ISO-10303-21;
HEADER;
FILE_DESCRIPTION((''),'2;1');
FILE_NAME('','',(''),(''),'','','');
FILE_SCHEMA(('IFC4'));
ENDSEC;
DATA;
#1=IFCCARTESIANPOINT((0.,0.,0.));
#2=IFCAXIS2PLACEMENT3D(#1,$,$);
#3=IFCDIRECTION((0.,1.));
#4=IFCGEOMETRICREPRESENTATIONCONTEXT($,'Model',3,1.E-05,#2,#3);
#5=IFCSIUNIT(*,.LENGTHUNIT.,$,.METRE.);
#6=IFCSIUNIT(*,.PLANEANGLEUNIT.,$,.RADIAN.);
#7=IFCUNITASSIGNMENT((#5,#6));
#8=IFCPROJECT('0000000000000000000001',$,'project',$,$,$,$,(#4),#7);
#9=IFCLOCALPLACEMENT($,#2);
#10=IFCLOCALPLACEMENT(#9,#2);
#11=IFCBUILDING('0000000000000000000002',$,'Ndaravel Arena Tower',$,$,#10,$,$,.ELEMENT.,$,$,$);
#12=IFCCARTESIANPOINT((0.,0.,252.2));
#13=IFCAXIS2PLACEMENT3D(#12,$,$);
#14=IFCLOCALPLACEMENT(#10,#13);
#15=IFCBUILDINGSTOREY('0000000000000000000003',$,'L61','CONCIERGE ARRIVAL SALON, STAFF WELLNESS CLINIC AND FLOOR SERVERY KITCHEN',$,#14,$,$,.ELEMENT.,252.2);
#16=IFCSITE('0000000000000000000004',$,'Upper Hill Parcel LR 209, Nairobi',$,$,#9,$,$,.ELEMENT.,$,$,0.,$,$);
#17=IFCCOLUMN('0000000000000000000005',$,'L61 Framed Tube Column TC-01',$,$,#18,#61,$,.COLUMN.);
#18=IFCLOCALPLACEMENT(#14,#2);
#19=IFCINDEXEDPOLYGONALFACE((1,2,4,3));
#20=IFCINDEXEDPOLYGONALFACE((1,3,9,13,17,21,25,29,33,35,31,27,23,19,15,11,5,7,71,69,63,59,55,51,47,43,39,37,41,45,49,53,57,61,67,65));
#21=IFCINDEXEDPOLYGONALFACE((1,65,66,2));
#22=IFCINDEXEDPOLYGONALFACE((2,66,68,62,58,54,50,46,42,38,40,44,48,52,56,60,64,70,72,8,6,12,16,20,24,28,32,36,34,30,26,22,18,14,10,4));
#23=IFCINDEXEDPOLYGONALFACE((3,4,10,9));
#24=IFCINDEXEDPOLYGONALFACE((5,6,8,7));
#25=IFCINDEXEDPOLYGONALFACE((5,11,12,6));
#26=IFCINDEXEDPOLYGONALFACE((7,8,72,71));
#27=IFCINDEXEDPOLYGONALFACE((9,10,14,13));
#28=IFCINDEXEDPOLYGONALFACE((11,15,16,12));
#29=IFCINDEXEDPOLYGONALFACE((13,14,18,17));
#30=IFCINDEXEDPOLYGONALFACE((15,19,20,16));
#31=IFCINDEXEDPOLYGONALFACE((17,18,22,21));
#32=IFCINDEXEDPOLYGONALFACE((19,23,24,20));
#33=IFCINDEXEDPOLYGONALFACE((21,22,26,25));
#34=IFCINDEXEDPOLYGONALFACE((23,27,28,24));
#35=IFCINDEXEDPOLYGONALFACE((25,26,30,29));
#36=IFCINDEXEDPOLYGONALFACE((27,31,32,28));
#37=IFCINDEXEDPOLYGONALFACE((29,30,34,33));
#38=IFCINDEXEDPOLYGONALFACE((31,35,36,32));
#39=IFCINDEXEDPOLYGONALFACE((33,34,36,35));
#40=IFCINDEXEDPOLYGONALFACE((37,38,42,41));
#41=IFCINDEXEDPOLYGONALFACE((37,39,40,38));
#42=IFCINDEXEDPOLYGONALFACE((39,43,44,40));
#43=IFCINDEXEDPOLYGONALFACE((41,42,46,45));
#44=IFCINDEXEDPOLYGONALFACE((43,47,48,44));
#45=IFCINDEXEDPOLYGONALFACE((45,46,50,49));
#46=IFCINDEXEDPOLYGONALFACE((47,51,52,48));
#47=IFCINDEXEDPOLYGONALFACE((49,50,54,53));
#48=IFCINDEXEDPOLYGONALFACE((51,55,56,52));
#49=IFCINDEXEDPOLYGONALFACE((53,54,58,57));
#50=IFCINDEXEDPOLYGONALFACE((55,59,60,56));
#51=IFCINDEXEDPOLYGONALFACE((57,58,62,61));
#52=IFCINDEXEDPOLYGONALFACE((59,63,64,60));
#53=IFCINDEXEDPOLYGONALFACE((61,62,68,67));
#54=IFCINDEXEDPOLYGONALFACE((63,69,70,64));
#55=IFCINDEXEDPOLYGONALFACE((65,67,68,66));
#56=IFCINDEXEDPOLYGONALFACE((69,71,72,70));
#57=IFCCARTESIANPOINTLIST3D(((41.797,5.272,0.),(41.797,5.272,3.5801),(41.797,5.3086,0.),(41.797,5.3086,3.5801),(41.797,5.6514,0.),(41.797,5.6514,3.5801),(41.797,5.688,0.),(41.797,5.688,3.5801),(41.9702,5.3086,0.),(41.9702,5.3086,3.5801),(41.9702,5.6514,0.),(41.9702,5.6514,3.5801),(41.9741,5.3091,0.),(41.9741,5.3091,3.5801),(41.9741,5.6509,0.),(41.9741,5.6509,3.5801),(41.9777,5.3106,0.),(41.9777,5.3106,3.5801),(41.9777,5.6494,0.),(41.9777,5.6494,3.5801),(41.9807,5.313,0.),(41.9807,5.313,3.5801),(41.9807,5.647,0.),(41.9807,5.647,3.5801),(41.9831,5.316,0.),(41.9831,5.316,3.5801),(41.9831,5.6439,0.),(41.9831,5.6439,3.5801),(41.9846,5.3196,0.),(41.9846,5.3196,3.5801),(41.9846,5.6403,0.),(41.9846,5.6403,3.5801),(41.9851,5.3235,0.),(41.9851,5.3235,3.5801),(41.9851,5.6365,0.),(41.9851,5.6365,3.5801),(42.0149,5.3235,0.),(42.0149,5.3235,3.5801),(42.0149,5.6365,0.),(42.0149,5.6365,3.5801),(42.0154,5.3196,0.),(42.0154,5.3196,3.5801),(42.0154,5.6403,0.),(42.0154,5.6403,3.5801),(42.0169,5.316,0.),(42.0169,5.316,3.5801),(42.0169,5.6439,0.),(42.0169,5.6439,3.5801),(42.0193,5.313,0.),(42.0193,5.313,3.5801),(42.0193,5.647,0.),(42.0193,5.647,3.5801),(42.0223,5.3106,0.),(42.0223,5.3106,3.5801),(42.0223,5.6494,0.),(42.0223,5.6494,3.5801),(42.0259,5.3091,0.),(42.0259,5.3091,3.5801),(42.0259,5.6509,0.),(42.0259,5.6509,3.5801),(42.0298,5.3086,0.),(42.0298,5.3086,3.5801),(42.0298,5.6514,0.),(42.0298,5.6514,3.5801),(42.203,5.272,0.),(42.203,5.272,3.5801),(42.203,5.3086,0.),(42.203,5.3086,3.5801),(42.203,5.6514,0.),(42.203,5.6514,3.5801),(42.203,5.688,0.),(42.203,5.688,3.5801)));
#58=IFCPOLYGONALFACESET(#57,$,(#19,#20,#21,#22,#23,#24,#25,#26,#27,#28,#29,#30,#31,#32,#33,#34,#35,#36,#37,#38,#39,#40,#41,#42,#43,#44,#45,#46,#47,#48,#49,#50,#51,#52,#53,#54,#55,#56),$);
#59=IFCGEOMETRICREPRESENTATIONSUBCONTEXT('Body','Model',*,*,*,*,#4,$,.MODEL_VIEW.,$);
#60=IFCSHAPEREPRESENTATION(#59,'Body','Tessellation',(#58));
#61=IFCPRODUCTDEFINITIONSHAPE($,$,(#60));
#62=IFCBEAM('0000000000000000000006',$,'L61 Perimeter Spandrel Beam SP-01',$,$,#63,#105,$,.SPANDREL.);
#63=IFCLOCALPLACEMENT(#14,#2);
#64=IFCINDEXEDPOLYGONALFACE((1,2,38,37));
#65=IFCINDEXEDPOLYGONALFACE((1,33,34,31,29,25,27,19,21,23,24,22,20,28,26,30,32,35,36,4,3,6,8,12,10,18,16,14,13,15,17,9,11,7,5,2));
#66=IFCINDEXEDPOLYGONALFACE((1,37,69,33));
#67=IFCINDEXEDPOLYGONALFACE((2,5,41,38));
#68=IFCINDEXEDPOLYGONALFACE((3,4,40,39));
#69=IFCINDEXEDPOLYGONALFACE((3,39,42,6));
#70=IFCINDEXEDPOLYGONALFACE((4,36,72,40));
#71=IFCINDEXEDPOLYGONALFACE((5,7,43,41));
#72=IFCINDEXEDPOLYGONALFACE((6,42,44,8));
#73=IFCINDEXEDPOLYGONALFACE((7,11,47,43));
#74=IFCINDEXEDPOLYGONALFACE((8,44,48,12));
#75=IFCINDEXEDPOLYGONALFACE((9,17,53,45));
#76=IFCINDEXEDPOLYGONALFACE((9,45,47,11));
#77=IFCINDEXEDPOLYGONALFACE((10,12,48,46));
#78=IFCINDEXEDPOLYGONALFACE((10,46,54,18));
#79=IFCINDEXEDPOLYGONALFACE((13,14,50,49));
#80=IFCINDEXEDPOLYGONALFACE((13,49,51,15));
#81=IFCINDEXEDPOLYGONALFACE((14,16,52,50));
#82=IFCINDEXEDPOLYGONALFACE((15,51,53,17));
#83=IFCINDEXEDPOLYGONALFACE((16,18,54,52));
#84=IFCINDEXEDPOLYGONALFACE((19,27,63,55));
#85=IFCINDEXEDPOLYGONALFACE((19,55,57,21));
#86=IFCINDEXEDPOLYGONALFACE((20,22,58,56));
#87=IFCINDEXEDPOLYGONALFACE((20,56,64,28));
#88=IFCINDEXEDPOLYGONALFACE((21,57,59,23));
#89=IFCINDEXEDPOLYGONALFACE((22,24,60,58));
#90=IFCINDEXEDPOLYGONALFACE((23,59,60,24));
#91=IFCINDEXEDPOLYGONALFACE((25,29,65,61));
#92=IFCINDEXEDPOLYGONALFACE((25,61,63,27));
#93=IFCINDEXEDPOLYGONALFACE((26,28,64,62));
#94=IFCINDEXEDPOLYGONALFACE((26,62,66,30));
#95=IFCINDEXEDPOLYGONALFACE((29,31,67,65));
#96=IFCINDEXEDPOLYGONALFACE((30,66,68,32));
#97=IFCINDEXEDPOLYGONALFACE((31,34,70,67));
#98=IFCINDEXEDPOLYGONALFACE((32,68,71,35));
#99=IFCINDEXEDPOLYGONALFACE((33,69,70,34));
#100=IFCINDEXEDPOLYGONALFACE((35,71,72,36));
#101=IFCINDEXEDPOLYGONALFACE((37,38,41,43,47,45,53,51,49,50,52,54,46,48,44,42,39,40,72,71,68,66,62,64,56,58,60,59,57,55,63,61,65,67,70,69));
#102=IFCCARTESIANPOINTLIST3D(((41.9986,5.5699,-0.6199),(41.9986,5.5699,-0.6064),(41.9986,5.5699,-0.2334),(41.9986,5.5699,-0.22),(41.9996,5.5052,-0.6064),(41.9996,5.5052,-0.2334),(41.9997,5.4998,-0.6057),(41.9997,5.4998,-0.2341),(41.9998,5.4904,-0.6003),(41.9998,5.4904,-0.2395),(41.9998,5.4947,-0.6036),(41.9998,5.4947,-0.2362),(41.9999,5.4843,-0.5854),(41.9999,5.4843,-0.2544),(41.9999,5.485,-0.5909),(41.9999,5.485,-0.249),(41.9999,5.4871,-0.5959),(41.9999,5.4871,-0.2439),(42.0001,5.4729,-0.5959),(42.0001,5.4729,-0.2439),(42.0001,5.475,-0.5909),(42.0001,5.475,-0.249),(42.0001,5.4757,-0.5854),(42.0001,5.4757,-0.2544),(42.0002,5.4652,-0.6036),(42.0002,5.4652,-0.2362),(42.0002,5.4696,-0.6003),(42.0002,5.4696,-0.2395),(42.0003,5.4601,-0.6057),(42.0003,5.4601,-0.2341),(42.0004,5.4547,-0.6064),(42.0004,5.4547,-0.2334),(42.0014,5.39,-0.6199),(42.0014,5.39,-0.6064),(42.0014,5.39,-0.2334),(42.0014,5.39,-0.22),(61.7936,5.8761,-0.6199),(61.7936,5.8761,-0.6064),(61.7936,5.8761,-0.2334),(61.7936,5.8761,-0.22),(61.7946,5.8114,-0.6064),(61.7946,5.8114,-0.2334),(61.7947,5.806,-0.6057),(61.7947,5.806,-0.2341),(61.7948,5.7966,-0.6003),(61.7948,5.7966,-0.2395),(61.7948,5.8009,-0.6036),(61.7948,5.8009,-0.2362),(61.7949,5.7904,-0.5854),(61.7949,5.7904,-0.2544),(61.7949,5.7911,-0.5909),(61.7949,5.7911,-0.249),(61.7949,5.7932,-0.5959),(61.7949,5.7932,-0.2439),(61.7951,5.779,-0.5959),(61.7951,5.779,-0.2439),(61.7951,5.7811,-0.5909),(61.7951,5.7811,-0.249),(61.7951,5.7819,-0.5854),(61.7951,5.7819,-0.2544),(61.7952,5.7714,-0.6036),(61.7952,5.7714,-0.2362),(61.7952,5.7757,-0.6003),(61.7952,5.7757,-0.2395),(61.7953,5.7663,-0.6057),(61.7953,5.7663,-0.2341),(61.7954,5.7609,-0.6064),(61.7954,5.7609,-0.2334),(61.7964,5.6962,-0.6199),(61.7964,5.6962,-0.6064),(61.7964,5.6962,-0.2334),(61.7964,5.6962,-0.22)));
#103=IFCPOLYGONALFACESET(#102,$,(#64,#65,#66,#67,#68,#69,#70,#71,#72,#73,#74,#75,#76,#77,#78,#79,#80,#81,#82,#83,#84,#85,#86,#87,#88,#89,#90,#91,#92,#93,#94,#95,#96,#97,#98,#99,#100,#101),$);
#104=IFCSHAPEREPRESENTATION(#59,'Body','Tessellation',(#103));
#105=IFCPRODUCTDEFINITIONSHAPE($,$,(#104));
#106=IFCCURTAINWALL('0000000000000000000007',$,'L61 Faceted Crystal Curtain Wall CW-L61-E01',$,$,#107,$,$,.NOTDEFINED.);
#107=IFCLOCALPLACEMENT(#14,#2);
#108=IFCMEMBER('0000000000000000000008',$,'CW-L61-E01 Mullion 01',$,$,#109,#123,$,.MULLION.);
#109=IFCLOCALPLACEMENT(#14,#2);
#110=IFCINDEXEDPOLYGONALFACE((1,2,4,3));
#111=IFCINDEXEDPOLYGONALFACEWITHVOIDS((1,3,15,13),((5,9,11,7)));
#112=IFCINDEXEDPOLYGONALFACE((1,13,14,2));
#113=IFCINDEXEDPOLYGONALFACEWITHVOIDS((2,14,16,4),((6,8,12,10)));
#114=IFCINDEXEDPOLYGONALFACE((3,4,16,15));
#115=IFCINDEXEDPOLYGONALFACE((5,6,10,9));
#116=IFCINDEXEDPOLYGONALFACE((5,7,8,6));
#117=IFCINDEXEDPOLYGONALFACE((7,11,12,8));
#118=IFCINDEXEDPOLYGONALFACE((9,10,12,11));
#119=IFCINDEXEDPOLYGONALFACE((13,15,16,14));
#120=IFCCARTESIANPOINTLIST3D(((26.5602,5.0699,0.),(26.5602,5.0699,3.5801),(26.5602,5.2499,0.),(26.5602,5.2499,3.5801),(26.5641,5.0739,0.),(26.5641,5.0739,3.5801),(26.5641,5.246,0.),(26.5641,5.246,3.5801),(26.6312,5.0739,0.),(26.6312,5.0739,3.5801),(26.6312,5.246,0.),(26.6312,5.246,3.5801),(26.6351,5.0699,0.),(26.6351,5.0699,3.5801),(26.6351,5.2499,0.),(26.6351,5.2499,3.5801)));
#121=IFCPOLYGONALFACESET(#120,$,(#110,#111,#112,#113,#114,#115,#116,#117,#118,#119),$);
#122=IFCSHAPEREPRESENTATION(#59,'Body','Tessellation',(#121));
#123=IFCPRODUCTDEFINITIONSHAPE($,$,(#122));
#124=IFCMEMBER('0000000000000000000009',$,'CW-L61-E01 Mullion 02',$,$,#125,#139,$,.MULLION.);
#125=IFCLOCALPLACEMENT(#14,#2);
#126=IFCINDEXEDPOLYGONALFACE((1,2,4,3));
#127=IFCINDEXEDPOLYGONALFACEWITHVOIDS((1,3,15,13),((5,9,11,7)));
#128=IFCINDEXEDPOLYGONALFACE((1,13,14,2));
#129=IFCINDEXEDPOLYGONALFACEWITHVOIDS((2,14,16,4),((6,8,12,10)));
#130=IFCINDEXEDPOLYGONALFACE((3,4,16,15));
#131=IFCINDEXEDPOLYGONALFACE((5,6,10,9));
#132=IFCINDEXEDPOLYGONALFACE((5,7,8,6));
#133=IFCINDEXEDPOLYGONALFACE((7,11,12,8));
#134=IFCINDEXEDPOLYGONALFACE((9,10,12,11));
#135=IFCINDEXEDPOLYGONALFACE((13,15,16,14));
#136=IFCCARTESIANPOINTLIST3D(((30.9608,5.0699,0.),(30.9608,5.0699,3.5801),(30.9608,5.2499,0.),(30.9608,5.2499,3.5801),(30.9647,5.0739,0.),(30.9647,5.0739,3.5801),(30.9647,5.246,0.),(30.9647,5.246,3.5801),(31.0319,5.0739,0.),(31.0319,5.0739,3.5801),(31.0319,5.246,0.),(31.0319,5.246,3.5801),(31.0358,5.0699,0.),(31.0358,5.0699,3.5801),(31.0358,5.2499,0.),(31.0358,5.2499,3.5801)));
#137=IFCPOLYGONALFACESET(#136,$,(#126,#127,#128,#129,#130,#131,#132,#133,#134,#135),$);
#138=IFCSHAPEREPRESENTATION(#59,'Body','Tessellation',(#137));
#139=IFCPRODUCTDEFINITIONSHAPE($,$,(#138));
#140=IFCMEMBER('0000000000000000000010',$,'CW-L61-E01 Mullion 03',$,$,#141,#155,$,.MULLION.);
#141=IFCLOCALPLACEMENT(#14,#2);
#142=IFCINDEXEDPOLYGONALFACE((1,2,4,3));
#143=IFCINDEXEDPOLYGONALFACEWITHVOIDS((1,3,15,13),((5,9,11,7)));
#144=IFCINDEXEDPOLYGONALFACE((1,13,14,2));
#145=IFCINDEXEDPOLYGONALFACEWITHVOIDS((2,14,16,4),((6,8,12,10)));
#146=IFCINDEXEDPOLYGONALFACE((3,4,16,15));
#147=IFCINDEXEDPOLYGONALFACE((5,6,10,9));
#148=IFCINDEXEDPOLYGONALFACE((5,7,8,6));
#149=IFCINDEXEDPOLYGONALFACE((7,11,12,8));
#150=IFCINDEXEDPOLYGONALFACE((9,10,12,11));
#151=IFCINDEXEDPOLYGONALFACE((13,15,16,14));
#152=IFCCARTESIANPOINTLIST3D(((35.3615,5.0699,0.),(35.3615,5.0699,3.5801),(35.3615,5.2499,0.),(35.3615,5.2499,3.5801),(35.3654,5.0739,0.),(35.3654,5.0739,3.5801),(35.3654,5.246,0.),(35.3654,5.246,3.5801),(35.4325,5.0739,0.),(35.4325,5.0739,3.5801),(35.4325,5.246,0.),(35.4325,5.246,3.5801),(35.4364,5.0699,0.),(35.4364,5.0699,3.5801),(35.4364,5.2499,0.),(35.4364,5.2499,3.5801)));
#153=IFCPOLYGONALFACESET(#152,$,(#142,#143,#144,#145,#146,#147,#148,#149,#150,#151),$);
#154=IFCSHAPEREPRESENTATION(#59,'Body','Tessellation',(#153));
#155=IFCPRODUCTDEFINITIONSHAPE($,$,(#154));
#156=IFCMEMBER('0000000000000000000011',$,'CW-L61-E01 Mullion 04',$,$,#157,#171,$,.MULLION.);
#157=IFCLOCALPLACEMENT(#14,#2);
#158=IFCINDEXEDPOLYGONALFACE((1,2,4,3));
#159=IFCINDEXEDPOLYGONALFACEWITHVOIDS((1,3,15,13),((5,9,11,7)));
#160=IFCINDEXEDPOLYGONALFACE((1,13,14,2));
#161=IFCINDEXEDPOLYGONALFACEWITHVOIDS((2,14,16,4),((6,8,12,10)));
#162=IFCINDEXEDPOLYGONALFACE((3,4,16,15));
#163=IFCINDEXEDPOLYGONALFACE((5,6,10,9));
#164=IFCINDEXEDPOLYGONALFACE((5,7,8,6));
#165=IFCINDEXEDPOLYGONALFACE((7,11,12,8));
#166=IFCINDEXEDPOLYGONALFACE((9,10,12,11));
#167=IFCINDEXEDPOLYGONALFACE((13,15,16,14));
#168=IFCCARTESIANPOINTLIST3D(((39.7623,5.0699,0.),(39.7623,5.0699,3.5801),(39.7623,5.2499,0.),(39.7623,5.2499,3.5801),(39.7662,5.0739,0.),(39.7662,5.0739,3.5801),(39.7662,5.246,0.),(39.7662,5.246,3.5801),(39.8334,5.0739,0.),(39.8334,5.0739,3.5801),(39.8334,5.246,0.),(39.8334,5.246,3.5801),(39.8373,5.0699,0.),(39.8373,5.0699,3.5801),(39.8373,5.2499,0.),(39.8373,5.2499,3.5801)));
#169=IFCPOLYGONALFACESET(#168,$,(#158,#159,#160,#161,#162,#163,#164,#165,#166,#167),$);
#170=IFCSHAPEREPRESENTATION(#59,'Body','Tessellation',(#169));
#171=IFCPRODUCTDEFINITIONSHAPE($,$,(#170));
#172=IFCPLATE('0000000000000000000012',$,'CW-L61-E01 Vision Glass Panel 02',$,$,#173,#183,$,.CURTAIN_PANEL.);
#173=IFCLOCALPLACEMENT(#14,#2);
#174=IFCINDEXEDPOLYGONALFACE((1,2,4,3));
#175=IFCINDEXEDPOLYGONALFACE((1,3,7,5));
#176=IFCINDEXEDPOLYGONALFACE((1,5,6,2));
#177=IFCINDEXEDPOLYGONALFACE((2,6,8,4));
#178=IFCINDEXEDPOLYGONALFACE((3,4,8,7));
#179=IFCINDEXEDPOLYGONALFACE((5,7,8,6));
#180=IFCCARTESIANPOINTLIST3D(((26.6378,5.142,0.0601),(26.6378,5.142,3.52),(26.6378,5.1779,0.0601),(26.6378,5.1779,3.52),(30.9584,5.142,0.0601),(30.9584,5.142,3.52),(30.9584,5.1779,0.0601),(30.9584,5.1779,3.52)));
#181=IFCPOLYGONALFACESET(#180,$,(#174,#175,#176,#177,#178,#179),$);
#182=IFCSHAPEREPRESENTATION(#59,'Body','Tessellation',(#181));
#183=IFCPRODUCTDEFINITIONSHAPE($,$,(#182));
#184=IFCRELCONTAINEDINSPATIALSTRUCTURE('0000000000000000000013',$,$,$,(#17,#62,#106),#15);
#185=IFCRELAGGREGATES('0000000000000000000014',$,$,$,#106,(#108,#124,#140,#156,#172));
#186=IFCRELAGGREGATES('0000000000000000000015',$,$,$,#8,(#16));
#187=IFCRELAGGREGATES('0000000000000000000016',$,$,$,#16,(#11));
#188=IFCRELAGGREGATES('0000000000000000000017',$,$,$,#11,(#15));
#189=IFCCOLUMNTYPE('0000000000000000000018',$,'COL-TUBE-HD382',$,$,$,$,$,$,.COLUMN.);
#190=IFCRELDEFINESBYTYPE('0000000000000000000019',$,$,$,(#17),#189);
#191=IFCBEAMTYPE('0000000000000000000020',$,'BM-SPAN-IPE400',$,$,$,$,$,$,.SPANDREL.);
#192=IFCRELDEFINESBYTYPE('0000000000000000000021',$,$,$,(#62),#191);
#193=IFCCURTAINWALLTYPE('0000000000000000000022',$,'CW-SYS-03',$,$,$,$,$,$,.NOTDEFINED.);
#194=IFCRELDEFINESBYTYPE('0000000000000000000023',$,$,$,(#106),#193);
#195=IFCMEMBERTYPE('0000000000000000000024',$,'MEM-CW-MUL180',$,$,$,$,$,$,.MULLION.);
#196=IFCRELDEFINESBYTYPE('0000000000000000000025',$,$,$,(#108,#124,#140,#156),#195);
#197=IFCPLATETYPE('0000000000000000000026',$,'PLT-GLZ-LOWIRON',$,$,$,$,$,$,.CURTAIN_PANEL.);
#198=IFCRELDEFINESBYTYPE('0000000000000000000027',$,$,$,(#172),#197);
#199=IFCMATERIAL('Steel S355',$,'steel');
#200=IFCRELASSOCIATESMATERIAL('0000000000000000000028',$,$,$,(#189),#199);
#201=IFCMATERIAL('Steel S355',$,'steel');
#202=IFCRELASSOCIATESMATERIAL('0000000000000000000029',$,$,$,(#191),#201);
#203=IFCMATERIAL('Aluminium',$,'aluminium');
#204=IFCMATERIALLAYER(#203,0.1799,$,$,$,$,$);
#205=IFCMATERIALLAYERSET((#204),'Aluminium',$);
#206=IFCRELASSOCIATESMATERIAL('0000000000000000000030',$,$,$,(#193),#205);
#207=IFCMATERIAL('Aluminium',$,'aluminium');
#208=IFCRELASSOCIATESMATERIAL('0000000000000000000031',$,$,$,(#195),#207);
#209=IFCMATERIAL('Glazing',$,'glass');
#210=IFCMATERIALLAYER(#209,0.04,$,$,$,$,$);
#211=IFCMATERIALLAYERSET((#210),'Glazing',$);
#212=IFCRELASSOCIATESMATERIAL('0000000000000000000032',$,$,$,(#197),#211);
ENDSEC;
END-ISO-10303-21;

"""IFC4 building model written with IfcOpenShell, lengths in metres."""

from ifc_helpers import new_model, si_unit, direction, frame, origin, origin_2d, place, context, subcontext, project, spatial, rectangle, hollow_rectangle, i_section, extrude, material, layer, layer_set, material_profile, profile_set, type_object, element, aggregate, save


model = new_model("IFC4")

# Units and contexts
model_context = context("Model", 3, precision=1e-05, world=origin(), true_north=direction((0.0, 1.0)))
body_context = subcontext(model_context, "Body", "Model", "MODEL_VIEW")
ifc_project = project(units=[si_unit("LENGTHUNIT", "METRE"), si_unit("PLANEANGLEUNIT", "RADIAN")], contexts=[model_context])

# Site, building, storey
site_placement = place(None, origin())
site = spatial("IfcSite", under=ifc_project, at=site_placement, Name="Upper Hill Parcel LR 209, Nairobi", CompositionType="ELEMENT", RefElevation=0.0)
building_placement = place(site_placement, origin())
building = spatial("IfcBuilding", under=site, at=building_placement, Name="Ndaravel Arena Tower", CompositionType="ELEMENT")
storey_placement = place(building_placement, frame((0.0, 0.0, 252.2)))
storey = spatial("IfcBuildingStorey", under=building, at=storey_placement, Name="L61", Description="CONCIERGE ARRIVAL SALON, STAFF WELLNESS CLINIC AND FLOOR SERVERY KITCHEN", CompositionType="ELEMENT", Elevation=252.2)

# Column
ifc_material_1 = material(Name="Steel S355", Category="steel")
ifc_material_profile_1 = material_profile(ifc_material_1, i_section(OverallWidth=0.406, OverallDepth=0.416, WebThickness=0.0298, FlangeThickness=0.0366, FilletRadius=0.0149, at=origin_2d()), Name="HD 400x382")
ifc_profile_set_1 = profile_set([ifc_material_profile_1], Name="Steel S355")
column_type = type_object("IfcColumnType", Name="COL-TUBE-HD382", PredefinedType="COLUMN", material=ifc_profile_set_1)
column_placement = place(storey_placement, frame((42.0, 5.48, 0.0), z_axis=(0.0, 0.0, 1.0), x_axis=(1.0, 0.0, 0.0)))
element("IfcColumn", 1, at=column_placement, inside=storey, type_object=column_type, Name="L61 Framed Tube Column TC-01", PredefinedType="COLUMN", context=body_context, shape_type="SweptSolid", body=[
    extrude(i_section(OverallWidth=0.406, OverallDepth=0.416, WebThickness=0.0298, FlangeThickness=0.0366, FilletRadius=0.0149, at=origin_2d()), origin(), (0.0, 0.0, 1.0), 3.5801),
])

# Beam
ifc_material_2 = material(Name="Steel S355", Category="steel")
ifc_material_profile_2 = material_profile(ifc_material_2, i_section(OverallWidth=0.1799, OverallDepth=0.3999, WebThickness=0.0085, FlangeThickness=0.0134, FilletRadius=0.021, at=origin_2d()), Name="IPE 400")
ifc_profile_set_2 = profile_set([ifc_material_profile_2], Name="Steel S355")
beam_type = type_object("IfcBeamType", Name="BM-SPAN-IPE400", PredefinedType="SPANDREL", material=ifc_profile_set_2)
beam_placement = place(storey_placement, frame((42.0, 5.48, -0.4199), z_axis=(0.99988, 0.015464, 0.0), x_axis=(-0.015464, 0.99988, 0.0)))
element("IfcBeam", 2, at=beam_placement, inside=storey, type_object=beam_type, Name="L61 Perimeter Spandrel Beam SP-01", PredefinedType="SPANDREL", context=body_context, shape_type="SweptSolid", body=[
    extrude(i_section(OverallWidth=0.1799, OverallDepth=0.3999, WebThickness=0.0085, FlangeThickness=0.0134, FilletRadius=0.021, at=origin_2d()), origin(), (0.0, 0.0, 1.0), 19.7974),
])

# Curtain wall, members, plate
ifc_material_3 = material(Name="Aluminium", Category="aluminium")
ifc_layer_1 = layer(ifc_material_3, 0.1799)
ifc_layer_set_1 = layer_set([ifc_layer_1], Name="Aluminium")
curtain_wall_type = type_object("IfcCurtainWallType", Name="CW-SYS-03", PredefinedType="NOTDEFINED", material=ifc_layer_set_1)
curtain_wall_placement = place(storey_placement, origin())
curtain_wall = element("IfcCurtainWall", 3, at=curtain_wall_placement, inside=storey, type_object=curtain_wall_type, Name="L61 Faceted Crystal Curtain Wall CW-L61-E01", PredefinedType="NOTDEFINED")
ifc_material_4 = material(Name="Aluminium", Category="aluminium")
ifc_material_profile_3 = material_profile(ifc_material_4, hollow_rectangle(XDim=0.075, YDim=0.1799, WallThickness=0.0039, at=origin_2d()), Name="CW MULLION 75x180x4")
ifc_profile_set_3 = profile_set([ifc_material_profile_3], Name="Aluminium")
member_type = type_object("IfcMemberType", Name="MEM-CW-MUL180", PredefinedType="MULLION", material=ifc_profile_set_3)
member_1_placement = place(storey_placement, frame((26.5977, 5.1599, 0.0), z_axis=(0.0, 0.0, 1.0), x_axis=(1.0, 0.0, 0.0)))
member_1 = element("IfcMember", 4, at=member_1_placement, type_object=member_type, Name="CW-L61-E01 Mullion 01", PredefinedType="MULLION", context=body_context, shape_type="SweptSolid", body=[
    extrude(hollow_rectangle(XDim=0.075, YDim=0.1799, WallThickness=0.0039, at=origin_2d()), origin(), (0.0, 0.0, 1.0), 3.5801),
])
member_2_placement = place(storey_placement, frame((30.9983, 5.1599, 0.0), z_axis=(0.0, 0.0, 1.0), x_axis=(1.0, 0.0, 0.0)))
member_2 = element("IfcMember", 5, at=member_2_placement, type_object=member_type, Name="CW-L61-E01 Mullion 02", PredefinedType="MULLION", context=body_context, shape_type="SweptSolid", body=[
    extrude(hollow_rectangle(XDim=0.075, YDim=0.1799, WallThickness=0.0039, at=origin_2d()), origin(), (0.0, 0.0, 1.0), 3.5801),
])
member_3_placement = place(storey_placement, frame((35.3989, 5.1599, 0.0), z_axis=(0.0, 0.0, 1.0), x_axis=(1.0, 0.0, 0.0)))
member_3 = element("IfcMember", 6, at=member_3_placement, type_object=member_type, Name="CW-L61-E01 Mullion 03", PredefinedType="MULLION", context=body_context, shape_type="SweptSolid", body=[
    extrude(hollow_rectangle(XDim=0.075, YDim=0.1799, WallThickness=0.0039, at=origin_2d()), origin(), (0.0, 0.0, 1.0), 3.5801),
])
member_4_placement = place(storey_placement, frame((39.7998, 5.1599, 0.0), z_axis=(0.0, 0.0, 1.0), x_axis=(1.0, 0.0, 0.0)))
member_4 = element("IfcMember", 7, at=member_4_placement, type_object=member_type, Name="CW-L61-E01 Mullion 04", PredefinedType="MULLION", context=body_context, shape_type="SweptSolid", body=[
    extrude(hollow_rectangle(XDim=0.075, YDim=0.1799, WallThickness=0.0039, at=origin_2d()), origin(), (0.0, 0.0, 1.0), 3.5801),
])
ifc_material_5 = material(Name="Glazing", Category="glass")
ifc_layer_2 = layer(ifc_material_5, 0.04)
ifc_layer_set_2 = layer_set([ifc_layer_2], Name="Glazing")
plate_type = type_object("IfcPlateType", Name="PLT-GLZ-LOWIRON", PredefinedType="CURTAIN_PANEL", material=ifc_layer_set_2)
plate_1_placement = place(storey_placement, frame((28.7981, 5.1599, 0.0601), z_axis=(0.0, 0.0, 1.0), x_axis=(1.0, 0.0, 0.0)))
plate_1 = element("IfcPlate", 8, at=plate_1_placement, type_object=plate_type, Name="CW-L61-E01 Vision Glass Panel 02", PredefinedType="CURTAIN_PANEL", context=body_context, shape_type="SweptSolid", body=[
    extrude(rectangle(XDim=4.3206, YDim=0.0359, at=origin_2d()), origin(), (0.0, 0.0, 1.0), 3.46),
])
aggregate(curtain_wall, [member_1, member_2, member_3, member_4, plate_1])

save(model, "model.ifc")
